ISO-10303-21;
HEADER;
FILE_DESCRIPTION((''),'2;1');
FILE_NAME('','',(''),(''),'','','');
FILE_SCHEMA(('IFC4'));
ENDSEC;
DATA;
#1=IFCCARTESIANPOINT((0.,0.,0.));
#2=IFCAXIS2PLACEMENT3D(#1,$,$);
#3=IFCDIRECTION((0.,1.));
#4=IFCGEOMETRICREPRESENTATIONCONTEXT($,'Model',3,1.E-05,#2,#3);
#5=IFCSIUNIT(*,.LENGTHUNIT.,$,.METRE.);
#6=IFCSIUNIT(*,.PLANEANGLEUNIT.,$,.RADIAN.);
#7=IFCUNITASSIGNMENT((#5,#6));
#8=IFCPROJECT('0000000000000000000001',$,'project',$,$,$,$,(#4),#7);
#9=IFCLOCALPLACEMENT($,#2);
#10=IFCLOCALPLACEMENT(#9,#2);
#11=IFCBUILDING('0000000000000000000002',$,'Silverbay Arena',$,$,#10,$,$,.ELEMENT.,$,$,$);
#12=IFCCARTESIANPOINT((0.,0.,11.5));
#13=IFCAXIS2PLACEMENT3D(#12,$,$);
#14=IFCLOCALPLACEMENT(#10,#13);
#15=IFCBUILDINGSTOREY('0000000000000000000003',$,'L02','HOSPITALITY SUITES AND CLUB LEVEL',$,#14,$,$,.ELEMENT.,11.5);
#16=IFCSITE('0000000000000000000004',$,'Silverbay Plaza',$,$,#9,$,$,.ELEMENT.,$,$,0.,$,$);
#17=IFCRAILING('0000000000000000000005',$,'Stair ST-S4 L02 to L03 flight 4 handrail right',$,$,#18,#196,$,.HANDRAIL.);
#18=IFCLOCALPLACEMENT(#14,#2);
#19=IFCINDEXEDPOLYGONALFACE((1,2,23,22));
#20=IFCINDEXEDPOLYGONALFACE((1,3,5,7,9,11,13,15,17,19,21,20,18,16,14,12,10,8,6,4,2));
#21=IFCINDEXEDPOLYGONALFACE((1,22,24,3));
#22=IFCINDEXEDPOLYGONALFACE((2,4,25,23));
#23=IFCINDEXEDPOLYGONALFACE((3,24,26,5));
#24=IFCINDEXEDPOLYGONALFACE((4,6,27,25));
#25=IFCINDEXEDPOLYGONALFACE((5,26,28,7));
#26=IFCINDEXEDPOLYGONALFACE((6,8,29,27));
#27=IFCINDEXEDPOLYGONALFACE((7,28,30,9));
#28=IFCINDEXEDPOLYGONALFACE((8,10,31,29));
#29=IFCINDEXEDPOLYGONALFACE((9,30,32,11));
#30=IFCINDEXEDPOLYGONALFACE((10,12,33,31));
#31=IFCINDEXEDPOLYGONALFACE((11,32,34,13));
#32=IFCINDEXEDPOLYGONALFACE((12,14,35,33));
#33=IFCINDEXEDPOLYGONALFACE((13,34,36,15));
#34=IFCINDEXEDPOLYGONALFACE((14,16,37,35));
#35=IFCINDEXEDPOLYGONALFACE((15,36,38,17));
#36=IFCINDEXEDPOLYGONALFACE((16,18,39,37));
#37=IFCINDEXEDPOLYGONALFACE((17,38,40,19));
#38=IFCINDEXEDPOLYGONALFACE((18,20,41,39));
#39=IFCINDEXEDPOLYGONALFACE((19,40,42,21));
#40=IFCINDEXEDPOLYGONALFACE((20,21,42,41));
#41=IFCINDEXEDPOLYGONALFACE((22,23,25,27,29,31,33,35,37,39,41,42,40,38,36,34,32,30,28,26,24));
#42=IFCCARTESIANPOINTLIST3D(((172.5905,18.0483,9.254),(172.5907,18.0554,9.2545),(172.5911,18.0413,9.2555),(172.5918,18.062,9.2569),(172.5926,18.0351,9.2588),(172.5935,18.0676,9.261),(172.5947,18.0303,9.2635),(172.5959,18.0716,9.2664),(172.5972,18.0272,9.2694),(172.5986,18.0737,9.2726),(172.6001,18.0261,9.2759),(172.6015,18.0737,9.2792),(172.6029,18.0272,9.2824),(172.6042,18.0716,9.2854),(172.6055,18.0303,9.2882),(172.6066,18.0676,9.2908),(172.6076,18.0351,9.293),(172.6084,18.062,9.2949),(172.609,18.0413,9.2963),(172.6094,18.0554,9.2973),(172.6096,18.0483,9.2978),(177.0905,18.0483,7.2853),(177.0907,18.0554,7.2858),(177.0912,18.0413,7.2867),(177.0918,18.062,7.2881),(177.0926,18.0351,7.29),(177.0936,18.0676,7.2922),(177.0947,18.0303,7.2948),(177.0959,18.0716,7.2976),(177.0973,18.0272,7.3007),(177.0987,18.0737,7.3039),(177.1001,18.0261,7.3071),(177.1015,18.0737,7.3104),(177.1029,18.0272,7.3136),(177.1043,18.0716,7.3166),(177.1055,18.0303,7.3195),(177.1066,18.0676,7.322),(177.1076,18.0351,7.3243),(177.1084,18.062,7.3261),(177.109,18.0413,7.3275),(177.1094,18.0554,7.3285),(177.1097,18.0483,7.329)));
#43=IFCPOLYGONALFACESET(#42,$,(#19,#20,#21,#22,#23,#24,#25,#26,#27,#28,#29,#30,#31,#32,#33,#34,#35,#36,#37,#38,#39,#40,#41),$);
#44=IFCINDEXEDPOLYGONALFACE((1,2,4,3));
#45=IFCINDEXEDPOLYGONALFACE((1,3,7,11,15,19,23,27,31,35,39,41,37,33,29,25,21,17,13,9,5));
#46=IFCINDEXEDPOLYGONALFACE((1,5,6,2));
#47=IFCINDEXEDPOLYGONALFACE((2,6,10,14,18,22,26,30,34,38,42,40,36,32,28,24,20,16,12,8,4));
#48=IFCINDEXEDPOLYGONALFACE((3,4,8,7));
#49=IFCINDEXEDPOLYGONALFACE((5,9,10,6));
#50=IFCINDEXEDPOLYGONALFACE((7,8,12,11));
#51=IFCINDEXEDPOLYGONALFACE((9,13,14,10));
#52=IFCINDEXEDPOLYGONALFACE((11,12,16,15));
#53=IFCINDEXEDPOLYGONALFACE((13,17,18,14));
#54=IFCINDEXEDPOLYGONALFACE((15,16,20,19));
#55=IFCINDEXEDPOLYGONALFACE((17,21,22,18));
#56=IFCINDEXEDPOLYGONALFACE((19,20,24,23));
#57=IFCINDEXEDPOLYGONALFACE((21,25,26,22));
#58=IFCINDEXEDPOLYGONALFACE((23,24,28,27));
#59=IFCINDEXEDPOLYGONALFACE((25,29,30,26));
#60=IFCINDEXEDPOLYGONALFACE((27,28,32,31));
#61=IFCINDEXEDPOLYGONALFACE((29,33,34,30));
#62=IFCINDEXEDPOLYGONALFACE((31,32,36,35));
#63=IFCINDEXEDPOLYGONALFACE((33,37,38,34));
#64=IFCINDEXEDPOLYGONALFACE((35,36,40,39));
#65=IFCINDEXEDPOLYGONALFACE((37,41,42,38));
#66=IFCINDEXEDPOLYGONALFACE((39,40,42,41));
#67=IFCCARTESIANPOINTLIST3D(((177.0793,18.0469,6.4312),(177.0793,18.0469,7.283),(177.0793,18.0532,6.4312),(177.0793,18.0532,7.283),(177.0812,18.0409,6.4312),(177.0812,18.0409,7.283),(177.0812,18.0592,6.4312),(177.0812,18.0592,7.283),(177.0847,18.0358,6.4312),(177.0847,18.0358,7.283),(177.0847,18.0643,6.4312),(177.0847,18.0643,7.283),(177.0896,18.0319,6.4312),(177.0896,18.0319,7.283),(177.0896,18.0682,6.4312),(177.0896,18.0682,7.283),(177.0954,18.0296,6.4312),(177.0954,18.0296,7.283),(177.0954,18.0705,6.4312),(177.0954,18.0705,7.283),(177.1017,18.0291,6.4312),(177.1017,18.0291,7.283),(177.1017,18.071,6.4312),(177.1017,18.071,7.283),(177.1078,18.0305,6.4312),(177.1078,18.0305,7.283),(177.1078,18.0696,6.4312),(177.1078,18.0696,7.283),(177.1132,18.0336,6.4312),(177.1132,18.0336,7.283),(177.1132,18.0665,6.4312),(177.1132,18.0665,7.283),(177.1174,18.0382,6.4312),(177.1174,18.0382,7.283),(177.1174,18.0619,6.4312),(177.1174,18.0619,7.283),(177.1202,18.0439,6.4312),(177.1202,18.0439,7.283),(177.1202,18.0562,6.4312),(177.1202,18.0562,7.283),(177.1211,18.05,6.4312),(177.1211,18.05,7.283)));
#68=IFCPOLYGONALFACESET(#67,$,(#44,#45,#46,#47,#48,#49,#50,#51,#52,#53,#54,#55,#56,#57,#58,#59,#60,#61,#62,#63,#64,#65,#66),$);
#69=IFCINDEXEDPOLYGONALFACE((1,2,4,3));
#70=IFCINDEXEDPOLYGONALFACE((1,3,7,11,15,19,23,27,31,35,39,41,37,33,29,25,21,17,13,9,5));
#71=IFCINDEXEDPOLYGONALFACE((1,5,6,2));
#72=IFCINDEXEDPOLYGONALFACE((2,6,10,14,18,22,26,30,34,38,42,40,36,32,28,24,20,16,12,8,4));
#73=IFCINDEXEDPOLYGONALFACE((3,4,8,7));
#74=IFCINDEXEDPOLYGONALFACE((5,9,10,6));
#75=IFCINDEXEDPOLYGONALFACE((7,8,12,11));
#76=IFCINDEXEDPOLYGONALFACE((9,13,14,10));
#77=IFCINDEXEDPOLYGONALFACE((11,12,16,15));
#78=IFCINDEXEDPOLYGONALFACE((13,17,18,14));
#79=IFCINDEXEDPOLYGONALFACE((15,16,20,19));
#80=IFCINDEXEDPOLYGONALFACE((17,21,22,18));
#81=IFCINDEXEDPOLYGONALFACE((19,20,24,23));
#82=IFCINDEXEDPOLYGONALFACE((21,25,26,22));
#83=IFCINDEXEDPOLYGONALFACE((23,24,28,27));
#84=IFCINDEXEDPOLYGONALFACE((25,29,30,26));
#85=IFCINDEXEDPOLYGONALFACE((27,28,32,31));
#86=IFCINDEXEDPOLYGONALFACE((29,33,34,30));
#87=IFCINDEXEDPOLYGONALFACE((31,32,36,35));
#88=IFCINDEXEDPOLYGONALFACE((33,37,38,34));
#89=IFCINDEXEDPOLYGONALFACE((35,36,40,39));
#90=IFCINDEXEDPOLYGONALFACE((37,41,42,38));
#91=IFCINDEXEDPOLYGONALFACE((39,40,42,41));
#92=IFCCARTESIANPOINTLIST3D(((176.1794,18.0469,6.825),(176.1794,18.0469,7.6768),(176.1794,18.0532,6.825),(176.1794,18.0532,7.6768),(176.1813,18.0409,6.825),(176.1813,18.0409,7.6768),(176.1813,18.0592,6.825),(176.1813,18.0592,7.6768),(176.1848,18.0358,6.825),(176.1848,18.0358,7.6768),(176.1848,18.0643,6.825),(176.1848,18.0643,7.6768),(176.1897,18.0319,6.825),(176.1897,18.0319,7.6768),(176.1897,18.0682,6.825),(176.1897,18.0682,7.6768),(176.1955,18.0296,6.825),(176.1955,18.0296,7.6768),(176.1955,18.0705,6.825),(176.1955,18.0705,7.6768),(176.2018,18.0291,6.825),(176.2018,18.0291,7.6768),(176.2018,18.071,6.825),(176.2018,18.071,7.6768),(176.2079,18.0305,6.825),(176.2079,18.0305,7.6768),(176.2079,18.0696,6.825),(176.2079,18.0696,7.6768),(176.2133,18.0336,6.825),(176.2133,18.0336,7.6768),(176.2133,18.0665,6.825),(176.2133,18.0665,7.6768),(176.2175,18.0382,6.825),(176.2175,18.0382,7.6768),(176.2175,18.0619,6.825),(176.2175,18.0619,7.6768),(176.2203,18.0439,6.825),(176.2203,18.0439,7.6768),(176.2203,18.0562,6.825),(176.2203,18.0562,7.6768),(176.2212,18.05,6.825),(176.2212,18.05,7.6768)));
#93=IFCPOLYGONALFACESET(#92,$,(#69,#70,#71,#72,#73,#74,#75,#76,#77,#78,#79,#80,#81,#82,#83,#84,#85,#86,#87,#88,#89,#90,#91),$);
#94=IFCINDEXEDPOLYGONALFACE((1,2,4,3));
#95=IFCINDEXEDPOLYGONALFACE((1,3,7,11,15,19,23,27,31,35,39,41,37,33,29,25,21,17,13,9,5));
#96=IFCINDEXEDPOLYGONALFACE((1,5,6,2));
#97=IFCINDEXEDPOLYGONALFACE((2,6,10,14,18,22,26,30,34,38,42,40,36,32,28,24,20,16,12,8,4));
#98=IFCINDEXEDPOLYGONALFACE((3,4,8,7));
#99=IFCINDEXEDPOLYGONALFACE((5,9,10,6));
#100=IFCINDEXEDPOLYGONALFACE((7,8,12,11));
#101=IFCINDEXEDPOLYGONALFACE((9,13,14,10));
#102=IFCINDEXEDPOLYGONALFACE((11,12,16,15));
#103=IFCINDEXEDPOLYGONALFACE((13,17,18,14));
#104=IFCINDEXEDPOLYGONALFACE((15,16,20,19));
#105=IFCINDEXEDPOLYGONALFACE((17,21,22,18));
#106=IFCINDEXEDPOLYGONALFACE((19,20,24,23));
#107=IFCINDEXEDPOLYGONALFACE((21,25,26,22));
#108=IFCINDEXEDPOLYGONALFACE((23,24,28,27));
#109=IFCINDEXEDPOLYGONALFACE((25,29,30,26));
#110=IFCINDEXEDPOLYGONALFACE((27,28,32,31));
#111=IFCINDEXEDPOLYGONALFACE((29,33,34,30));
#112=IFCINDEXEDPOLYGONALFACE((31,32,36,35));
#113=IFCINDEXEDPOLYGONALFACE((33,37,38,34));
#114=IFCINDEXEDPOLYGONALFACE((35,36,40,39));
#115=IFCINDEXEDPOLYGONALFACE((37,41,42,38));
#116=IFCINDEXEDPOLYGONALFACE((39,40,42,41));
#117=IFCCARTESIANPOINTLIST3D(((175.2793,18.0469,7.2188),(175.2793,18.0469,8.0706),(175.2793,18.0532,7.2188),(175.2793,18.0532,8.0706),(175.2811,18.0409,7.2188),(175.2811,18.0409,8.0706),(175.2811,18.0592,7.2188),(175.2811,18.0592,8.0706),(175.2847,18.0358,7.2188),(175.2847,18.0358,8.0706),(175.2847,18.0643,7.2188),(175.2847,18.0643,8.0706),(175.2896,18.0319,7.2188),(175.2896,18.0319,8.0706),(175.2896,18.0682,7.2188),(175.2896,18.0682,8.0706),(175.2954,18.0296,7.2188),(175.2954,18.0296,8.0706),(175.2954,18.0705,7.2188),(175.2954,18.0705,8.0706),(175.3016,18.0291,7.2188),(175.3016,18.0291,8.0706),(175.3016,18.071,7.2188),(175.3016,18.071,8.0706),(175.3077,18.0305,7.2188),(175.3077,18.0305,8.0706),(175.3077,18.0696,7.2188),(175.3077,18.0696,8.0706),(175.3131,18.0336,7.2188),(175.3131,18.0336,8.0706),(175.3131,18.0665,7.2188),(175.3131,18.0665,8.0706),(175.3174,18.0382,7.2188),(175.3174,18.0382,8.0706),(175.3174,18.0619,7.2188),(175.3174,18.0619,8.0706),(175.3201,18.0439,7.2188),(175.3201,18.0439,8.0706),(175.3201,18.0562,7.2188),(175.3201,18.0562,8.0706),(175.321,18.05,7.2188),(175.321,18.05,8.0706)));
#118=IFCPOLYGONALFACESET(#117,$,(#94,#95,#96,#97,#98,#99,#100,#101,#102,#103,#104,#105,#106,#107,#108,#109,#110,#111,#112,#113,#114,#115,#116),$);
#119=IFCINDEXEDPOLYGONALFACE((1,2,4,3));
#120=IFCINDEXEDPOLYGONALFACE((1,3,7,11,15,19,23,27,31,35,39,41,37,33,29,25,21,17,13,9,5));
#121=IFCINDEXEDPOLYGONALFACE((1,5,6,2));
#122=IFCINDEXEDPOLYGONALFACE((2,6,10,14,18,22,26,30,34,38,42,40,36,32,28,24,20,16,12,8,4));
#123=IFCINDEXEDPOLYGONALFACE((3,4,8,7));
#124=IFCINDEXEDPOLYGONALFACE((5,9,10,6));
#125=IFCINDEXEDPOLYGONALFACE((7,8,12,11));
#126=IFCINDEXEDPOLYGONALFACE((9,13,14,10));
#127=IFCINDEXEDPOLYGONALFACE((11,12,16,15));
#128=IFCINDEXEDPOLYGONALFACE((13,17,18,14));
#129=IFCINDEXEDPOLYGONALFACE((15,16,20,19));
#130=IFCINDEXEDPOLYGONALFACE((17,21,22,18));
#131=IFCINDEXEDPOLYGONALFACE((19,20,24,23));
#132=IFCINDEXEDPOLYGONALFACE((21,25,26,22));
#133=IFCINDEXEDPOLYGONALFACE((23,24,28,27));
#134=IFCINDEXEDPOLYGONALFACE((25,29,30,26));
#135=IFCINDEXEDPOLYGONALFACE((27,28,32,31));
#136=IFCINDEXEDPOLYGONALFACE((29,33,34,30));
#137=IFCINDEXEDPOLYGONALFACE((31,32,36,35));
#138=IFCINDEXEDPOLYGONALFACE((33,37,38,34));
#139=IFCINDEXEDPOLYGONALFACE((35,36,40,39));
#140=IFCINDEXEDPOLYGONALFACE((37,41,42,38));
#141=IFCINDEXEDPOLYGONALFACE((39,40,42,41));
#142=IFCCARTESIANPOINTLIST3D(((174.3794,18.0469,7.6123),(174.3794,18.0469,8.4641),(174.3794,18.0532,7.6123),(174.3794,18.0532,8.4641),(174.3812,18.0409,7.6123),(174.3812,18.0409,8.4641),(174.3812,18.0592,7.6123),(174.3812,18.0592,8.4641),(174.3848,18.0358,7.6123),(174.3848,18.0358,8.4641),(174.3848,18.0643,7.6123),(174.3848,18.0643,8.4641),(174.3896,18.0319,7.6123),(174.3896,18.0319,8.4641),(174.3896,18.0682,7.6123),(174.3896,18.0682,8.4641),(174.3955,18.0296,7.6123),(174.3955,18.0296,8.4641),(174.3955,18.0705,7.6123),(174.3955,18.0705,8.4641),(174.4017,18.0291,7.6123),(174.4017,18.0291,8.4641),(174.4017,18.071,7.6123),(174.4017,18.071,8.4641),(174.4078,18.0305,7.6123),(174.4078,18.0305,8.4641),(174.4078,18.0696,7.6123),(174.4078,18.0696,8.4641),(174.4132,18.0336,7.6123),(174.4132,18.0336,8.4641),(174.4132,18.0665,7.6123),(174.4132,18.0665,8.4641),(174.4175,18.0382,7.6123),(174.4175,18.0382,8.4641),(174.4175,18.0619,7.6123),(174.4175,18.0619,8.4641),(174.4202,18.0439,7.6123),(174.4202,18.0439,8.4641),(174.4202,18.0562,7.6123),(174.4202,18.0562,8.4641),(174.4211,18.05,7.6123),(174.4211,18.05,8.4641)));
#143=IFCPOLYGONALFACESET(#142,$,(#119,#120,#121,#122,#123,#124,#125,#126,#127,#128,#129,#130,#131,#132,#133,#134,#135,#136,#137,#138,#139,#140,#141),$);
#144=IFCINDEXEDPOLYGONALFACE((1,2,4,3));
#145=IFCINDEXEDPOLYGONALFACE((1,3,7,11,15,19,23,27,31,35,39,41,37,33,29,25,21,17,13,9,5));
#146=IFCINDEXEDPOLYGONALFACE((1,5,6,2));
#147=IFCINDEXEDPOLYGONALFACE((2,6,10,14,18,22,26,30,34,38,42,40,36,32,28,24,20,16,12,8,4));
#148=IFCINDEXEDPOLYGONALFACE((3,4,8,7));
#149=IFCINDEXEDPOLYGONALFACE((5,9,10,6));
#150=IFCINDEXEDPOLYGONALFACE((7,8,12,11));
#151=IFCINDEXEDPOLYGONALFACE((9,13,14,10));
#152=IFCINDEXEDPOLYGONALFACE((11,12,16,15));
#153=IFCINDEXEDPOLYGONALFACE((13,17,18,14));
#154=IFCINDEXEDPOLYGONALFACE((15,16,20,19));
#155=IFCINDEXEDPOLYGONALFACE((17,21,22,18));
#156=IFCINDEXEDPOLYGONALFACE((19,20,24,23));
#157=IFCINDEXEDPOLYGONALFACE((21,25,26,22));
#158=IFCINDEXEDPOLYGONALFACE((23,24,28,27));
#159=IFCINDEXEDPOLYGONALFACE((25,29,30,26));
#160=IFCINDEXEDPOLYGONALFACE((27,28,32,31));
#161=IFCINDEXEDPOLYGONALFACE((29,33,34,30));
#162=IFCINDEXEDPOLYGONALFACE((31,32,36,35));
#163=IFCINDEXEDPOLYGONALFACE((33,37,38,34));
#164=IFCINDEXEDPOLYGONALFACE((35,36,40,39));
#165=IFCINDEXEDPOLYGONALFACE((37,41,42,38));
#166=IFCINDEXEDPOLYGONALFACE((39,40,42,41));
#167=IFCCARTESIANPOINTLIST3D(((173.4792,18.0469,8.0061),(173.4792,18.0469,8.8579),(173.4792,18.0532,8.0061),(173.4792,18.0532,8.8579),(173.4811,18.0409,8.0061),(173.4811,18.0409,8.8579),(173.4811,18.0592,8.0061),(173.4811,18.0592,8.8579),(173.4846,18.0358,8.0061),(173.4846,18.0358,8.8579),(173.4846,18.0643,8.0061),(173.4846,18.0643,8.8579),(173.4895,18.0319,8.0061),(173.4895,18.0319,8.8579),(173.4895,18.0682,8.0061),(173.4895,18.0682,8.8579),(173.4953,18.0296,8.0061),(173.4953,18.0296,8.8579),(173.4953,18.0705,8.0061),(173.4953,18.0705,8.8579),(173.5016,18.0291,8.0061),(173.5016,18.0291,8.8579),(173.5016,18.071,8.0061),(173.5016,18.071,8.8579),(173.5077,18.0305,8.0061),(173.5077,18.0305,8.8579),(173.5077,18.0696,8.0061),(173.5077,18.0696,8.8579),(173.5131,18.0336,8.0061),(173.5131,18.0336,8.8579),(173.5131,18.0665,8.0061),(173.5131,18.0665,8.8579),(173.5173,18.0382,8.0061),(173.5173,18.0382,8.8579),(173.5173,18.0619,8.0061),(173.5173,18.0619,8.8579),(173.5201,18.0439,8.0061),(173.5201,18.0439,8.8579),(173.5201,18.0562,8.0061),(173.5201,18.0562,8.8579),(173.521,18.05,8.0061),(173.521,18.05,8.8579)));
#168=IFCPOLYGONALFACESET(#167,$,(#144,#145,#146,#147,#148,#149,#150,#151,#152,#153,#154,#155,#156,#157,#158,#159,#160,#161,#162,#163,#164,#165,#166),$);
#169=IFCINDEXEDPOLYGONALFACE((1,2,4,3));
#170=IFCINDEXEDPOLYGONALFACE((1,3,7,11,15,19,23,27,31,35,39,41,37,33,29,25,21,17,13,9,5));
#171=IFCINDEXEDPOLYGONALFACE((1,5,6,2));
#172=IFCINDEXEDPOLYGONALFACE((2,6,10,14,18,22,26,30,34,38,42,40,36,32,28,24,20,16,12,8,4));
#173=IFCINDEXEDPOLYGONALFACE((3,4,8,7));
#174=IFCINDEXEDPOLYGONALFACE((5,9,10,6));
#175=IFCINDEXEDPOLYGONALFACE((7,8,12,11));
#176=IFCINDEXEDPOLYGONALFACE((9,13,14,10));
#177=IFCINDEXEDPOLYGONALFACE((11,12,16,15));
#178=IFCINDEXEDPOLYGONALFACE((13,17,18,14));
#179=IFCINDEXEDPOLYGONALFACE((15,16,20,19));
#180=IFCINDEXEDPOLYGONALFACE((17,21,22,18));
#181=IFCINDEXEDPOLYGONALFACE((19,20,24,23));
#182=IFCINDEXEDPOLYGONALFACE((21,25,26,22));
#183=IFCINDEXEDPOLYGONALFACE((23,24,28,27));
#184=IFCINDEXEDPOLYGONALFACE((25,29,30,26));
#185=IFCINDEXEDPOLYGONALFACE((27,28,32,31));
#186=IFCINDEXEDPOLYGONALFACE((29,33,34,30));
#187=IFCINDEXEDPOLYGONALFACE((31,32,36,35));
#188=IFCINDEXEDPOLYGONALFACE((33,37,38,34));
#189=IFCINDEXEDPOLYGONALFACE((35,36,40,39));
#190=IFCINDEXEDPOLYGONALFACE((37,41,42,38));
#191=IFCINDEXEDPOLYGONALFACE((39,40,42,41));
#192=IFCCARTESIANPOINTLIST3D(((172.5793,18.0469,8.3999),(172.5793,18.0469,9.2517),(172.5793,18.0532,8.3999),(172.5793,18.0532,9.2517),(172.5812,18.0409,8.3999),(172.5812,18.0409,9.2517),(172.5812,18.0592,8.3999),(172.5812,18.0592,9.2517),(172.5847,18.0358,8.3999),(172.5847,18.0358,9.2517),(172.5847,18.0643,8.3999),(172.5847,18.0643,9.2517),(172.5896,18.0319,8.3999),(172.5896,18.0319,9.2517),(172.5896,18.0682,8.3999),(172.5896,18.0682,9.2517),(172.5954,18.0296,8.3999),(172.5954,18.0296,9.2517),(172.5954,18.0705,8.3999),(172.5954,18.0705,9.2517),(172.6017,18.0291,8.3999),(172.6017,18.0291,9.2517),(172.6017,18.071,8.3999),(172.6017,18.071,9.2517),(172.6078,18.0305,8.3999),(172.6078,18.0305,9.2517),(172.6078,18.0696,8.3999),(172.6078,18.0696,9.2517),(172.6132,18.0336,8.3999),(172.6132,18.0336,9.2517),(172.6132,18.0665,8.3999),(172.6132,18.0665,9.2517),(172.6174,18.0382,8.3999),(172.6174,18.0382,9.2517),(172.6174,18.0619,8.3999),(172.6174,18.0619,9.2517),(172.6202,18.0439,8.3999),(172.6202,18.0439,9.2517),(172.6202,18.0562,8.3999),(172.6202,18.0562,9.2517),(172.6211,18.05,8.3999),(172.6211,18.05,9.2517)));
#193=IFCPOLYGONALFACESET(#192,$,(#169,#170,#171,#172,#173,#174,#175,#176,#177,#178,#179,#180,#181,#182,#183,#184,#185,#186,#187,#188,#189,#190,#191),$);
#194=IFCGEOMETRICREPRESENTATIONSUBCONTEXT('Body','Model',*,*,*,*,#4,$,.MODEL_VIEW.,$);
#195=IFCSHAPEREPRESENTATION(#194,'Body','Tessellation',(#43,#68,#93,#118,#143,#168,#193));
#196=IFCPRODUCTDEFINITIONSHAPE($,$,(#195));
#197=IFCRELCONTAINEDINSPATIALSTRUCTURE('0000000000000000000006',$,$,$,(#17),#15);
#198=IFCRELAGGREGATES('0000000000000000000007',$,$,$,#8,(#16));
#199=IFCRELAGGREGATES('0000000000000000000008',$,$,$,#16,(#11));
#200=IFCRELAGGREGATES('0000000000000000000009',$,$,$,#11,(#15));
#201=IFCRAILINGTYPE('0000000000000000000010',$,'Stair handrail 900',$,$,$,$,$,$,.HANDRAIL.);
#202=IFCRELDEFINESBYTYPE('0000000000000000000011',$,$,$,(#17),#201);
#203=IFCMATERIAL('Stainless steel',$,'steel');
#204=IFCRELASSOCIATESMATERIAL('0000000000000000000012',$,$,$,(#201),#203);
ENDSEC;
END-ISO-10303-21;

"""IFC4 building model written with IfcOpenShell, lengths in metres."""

from ifc_helpers import new_model, si_unit, direction, frame, origin, origin_2d, place, context, subcontext, project, spatial, circle, extrude, material, type_object, element, save


model = new_model("IFC4")

# Units and contexts
model_context = context("Model", 3, precision=1e-05, world=origin(), true_north=direction((0.0, 1.0)))
body_context = subcontext(model_context, "Body", "Model", "MODEL_VIEW")
ifc_project = project(units=[si_unit("LENGTHUNIT", "METRE"), si_unit("PLANEANGLEUNIT", "RADIAN")], contexts=[model_context])

# Site, building, storey
site_placement = place(None, origin())
site = spatial("IfcSite", under=ifc_project, at=site_placement, Name="Silverbay Plaza", CompositionType="ELEMENT", RefElevation=0.0)
building_placement = place(site_placement, origin())
building = spatial("IfcBuilding", under=site, at=building_placement, Name="Silverbay Arena", CompositionType="ELEMENT")
storey_placement = place(building_placement, frame((0.0, 0.0, 11.5)))
storey = spatial("IfcBuildingStorey", under=building, at=storey_placement, Name="L02", Description="HOSPITALITY SUITES AND CLUB LEVEL", CompositionType="ELEMENT", Elevation=11.5)

# Railing
ifc_material_1 = material(Name="Stainless steel", Category="steel")
railing_type_1 = type_object("IfcRailingType", Name="Stair handrail 900", PredefinedType="HANDRAIL", material=ifc_material_1)
for number, where, name in (
    (1, (177.1001, 18.05, 6.4312), "Stair ST-S4 L02 to L03 flight 4 handrail right"),
):
    element("IfcRailing", number, at=place(storey_placement, frame(where)), inside=storey, type_object=railing_type_1, Name=name, PredefinedType="HANDRAIL", context=body_context, shape_type="SweptSolid", body=[
        extrude(circle(Radius=0.0239, at=origin_2d()), frame((0.0, 0.0, 0.876), z_axis=(-0.916157, 0.0, 0.400819), x_axis=(0.0, -1.0, 0.0)), (0.0, 0.0, 1.0), 4.9119),
        extrude(circle(Radius=0.021, at=origin_2d()), origin(), (0.0, 0.0, 1.0), 0.8518),
        extrude(circle(Radius=0.021, at=origin_2d()), frame((-0.8999, 0.0, 0.3938)), (0.0, 0.0, 1.0), 0.8518),
        extrude(circle(Radius=0.021, at=origin_2d()), frame((-1.8, 0.0, 0.7876)), (0.0, 0.0, 1.0), 0.8518),
        extrude(circle(Radius=0.021, at=origin_2d()), frame((-2.7, 0.0, 1.1812)), (0.0, 0.0, 1.0), 0.8518),
        extrude(circle(Radius=0.021, at=origin_2d()), frame((-3.6001, 0.0, 1.575)), (0.0, 0.0, 1.0), 0.8518),
        extrude(circle(Radius=0.021, at=origin_2d()), frame((-4.5, 0.0, 1.9688)), (0.0, 0.0, 1.0), 0.8518),
    ])

save(model, "model.ifc")
